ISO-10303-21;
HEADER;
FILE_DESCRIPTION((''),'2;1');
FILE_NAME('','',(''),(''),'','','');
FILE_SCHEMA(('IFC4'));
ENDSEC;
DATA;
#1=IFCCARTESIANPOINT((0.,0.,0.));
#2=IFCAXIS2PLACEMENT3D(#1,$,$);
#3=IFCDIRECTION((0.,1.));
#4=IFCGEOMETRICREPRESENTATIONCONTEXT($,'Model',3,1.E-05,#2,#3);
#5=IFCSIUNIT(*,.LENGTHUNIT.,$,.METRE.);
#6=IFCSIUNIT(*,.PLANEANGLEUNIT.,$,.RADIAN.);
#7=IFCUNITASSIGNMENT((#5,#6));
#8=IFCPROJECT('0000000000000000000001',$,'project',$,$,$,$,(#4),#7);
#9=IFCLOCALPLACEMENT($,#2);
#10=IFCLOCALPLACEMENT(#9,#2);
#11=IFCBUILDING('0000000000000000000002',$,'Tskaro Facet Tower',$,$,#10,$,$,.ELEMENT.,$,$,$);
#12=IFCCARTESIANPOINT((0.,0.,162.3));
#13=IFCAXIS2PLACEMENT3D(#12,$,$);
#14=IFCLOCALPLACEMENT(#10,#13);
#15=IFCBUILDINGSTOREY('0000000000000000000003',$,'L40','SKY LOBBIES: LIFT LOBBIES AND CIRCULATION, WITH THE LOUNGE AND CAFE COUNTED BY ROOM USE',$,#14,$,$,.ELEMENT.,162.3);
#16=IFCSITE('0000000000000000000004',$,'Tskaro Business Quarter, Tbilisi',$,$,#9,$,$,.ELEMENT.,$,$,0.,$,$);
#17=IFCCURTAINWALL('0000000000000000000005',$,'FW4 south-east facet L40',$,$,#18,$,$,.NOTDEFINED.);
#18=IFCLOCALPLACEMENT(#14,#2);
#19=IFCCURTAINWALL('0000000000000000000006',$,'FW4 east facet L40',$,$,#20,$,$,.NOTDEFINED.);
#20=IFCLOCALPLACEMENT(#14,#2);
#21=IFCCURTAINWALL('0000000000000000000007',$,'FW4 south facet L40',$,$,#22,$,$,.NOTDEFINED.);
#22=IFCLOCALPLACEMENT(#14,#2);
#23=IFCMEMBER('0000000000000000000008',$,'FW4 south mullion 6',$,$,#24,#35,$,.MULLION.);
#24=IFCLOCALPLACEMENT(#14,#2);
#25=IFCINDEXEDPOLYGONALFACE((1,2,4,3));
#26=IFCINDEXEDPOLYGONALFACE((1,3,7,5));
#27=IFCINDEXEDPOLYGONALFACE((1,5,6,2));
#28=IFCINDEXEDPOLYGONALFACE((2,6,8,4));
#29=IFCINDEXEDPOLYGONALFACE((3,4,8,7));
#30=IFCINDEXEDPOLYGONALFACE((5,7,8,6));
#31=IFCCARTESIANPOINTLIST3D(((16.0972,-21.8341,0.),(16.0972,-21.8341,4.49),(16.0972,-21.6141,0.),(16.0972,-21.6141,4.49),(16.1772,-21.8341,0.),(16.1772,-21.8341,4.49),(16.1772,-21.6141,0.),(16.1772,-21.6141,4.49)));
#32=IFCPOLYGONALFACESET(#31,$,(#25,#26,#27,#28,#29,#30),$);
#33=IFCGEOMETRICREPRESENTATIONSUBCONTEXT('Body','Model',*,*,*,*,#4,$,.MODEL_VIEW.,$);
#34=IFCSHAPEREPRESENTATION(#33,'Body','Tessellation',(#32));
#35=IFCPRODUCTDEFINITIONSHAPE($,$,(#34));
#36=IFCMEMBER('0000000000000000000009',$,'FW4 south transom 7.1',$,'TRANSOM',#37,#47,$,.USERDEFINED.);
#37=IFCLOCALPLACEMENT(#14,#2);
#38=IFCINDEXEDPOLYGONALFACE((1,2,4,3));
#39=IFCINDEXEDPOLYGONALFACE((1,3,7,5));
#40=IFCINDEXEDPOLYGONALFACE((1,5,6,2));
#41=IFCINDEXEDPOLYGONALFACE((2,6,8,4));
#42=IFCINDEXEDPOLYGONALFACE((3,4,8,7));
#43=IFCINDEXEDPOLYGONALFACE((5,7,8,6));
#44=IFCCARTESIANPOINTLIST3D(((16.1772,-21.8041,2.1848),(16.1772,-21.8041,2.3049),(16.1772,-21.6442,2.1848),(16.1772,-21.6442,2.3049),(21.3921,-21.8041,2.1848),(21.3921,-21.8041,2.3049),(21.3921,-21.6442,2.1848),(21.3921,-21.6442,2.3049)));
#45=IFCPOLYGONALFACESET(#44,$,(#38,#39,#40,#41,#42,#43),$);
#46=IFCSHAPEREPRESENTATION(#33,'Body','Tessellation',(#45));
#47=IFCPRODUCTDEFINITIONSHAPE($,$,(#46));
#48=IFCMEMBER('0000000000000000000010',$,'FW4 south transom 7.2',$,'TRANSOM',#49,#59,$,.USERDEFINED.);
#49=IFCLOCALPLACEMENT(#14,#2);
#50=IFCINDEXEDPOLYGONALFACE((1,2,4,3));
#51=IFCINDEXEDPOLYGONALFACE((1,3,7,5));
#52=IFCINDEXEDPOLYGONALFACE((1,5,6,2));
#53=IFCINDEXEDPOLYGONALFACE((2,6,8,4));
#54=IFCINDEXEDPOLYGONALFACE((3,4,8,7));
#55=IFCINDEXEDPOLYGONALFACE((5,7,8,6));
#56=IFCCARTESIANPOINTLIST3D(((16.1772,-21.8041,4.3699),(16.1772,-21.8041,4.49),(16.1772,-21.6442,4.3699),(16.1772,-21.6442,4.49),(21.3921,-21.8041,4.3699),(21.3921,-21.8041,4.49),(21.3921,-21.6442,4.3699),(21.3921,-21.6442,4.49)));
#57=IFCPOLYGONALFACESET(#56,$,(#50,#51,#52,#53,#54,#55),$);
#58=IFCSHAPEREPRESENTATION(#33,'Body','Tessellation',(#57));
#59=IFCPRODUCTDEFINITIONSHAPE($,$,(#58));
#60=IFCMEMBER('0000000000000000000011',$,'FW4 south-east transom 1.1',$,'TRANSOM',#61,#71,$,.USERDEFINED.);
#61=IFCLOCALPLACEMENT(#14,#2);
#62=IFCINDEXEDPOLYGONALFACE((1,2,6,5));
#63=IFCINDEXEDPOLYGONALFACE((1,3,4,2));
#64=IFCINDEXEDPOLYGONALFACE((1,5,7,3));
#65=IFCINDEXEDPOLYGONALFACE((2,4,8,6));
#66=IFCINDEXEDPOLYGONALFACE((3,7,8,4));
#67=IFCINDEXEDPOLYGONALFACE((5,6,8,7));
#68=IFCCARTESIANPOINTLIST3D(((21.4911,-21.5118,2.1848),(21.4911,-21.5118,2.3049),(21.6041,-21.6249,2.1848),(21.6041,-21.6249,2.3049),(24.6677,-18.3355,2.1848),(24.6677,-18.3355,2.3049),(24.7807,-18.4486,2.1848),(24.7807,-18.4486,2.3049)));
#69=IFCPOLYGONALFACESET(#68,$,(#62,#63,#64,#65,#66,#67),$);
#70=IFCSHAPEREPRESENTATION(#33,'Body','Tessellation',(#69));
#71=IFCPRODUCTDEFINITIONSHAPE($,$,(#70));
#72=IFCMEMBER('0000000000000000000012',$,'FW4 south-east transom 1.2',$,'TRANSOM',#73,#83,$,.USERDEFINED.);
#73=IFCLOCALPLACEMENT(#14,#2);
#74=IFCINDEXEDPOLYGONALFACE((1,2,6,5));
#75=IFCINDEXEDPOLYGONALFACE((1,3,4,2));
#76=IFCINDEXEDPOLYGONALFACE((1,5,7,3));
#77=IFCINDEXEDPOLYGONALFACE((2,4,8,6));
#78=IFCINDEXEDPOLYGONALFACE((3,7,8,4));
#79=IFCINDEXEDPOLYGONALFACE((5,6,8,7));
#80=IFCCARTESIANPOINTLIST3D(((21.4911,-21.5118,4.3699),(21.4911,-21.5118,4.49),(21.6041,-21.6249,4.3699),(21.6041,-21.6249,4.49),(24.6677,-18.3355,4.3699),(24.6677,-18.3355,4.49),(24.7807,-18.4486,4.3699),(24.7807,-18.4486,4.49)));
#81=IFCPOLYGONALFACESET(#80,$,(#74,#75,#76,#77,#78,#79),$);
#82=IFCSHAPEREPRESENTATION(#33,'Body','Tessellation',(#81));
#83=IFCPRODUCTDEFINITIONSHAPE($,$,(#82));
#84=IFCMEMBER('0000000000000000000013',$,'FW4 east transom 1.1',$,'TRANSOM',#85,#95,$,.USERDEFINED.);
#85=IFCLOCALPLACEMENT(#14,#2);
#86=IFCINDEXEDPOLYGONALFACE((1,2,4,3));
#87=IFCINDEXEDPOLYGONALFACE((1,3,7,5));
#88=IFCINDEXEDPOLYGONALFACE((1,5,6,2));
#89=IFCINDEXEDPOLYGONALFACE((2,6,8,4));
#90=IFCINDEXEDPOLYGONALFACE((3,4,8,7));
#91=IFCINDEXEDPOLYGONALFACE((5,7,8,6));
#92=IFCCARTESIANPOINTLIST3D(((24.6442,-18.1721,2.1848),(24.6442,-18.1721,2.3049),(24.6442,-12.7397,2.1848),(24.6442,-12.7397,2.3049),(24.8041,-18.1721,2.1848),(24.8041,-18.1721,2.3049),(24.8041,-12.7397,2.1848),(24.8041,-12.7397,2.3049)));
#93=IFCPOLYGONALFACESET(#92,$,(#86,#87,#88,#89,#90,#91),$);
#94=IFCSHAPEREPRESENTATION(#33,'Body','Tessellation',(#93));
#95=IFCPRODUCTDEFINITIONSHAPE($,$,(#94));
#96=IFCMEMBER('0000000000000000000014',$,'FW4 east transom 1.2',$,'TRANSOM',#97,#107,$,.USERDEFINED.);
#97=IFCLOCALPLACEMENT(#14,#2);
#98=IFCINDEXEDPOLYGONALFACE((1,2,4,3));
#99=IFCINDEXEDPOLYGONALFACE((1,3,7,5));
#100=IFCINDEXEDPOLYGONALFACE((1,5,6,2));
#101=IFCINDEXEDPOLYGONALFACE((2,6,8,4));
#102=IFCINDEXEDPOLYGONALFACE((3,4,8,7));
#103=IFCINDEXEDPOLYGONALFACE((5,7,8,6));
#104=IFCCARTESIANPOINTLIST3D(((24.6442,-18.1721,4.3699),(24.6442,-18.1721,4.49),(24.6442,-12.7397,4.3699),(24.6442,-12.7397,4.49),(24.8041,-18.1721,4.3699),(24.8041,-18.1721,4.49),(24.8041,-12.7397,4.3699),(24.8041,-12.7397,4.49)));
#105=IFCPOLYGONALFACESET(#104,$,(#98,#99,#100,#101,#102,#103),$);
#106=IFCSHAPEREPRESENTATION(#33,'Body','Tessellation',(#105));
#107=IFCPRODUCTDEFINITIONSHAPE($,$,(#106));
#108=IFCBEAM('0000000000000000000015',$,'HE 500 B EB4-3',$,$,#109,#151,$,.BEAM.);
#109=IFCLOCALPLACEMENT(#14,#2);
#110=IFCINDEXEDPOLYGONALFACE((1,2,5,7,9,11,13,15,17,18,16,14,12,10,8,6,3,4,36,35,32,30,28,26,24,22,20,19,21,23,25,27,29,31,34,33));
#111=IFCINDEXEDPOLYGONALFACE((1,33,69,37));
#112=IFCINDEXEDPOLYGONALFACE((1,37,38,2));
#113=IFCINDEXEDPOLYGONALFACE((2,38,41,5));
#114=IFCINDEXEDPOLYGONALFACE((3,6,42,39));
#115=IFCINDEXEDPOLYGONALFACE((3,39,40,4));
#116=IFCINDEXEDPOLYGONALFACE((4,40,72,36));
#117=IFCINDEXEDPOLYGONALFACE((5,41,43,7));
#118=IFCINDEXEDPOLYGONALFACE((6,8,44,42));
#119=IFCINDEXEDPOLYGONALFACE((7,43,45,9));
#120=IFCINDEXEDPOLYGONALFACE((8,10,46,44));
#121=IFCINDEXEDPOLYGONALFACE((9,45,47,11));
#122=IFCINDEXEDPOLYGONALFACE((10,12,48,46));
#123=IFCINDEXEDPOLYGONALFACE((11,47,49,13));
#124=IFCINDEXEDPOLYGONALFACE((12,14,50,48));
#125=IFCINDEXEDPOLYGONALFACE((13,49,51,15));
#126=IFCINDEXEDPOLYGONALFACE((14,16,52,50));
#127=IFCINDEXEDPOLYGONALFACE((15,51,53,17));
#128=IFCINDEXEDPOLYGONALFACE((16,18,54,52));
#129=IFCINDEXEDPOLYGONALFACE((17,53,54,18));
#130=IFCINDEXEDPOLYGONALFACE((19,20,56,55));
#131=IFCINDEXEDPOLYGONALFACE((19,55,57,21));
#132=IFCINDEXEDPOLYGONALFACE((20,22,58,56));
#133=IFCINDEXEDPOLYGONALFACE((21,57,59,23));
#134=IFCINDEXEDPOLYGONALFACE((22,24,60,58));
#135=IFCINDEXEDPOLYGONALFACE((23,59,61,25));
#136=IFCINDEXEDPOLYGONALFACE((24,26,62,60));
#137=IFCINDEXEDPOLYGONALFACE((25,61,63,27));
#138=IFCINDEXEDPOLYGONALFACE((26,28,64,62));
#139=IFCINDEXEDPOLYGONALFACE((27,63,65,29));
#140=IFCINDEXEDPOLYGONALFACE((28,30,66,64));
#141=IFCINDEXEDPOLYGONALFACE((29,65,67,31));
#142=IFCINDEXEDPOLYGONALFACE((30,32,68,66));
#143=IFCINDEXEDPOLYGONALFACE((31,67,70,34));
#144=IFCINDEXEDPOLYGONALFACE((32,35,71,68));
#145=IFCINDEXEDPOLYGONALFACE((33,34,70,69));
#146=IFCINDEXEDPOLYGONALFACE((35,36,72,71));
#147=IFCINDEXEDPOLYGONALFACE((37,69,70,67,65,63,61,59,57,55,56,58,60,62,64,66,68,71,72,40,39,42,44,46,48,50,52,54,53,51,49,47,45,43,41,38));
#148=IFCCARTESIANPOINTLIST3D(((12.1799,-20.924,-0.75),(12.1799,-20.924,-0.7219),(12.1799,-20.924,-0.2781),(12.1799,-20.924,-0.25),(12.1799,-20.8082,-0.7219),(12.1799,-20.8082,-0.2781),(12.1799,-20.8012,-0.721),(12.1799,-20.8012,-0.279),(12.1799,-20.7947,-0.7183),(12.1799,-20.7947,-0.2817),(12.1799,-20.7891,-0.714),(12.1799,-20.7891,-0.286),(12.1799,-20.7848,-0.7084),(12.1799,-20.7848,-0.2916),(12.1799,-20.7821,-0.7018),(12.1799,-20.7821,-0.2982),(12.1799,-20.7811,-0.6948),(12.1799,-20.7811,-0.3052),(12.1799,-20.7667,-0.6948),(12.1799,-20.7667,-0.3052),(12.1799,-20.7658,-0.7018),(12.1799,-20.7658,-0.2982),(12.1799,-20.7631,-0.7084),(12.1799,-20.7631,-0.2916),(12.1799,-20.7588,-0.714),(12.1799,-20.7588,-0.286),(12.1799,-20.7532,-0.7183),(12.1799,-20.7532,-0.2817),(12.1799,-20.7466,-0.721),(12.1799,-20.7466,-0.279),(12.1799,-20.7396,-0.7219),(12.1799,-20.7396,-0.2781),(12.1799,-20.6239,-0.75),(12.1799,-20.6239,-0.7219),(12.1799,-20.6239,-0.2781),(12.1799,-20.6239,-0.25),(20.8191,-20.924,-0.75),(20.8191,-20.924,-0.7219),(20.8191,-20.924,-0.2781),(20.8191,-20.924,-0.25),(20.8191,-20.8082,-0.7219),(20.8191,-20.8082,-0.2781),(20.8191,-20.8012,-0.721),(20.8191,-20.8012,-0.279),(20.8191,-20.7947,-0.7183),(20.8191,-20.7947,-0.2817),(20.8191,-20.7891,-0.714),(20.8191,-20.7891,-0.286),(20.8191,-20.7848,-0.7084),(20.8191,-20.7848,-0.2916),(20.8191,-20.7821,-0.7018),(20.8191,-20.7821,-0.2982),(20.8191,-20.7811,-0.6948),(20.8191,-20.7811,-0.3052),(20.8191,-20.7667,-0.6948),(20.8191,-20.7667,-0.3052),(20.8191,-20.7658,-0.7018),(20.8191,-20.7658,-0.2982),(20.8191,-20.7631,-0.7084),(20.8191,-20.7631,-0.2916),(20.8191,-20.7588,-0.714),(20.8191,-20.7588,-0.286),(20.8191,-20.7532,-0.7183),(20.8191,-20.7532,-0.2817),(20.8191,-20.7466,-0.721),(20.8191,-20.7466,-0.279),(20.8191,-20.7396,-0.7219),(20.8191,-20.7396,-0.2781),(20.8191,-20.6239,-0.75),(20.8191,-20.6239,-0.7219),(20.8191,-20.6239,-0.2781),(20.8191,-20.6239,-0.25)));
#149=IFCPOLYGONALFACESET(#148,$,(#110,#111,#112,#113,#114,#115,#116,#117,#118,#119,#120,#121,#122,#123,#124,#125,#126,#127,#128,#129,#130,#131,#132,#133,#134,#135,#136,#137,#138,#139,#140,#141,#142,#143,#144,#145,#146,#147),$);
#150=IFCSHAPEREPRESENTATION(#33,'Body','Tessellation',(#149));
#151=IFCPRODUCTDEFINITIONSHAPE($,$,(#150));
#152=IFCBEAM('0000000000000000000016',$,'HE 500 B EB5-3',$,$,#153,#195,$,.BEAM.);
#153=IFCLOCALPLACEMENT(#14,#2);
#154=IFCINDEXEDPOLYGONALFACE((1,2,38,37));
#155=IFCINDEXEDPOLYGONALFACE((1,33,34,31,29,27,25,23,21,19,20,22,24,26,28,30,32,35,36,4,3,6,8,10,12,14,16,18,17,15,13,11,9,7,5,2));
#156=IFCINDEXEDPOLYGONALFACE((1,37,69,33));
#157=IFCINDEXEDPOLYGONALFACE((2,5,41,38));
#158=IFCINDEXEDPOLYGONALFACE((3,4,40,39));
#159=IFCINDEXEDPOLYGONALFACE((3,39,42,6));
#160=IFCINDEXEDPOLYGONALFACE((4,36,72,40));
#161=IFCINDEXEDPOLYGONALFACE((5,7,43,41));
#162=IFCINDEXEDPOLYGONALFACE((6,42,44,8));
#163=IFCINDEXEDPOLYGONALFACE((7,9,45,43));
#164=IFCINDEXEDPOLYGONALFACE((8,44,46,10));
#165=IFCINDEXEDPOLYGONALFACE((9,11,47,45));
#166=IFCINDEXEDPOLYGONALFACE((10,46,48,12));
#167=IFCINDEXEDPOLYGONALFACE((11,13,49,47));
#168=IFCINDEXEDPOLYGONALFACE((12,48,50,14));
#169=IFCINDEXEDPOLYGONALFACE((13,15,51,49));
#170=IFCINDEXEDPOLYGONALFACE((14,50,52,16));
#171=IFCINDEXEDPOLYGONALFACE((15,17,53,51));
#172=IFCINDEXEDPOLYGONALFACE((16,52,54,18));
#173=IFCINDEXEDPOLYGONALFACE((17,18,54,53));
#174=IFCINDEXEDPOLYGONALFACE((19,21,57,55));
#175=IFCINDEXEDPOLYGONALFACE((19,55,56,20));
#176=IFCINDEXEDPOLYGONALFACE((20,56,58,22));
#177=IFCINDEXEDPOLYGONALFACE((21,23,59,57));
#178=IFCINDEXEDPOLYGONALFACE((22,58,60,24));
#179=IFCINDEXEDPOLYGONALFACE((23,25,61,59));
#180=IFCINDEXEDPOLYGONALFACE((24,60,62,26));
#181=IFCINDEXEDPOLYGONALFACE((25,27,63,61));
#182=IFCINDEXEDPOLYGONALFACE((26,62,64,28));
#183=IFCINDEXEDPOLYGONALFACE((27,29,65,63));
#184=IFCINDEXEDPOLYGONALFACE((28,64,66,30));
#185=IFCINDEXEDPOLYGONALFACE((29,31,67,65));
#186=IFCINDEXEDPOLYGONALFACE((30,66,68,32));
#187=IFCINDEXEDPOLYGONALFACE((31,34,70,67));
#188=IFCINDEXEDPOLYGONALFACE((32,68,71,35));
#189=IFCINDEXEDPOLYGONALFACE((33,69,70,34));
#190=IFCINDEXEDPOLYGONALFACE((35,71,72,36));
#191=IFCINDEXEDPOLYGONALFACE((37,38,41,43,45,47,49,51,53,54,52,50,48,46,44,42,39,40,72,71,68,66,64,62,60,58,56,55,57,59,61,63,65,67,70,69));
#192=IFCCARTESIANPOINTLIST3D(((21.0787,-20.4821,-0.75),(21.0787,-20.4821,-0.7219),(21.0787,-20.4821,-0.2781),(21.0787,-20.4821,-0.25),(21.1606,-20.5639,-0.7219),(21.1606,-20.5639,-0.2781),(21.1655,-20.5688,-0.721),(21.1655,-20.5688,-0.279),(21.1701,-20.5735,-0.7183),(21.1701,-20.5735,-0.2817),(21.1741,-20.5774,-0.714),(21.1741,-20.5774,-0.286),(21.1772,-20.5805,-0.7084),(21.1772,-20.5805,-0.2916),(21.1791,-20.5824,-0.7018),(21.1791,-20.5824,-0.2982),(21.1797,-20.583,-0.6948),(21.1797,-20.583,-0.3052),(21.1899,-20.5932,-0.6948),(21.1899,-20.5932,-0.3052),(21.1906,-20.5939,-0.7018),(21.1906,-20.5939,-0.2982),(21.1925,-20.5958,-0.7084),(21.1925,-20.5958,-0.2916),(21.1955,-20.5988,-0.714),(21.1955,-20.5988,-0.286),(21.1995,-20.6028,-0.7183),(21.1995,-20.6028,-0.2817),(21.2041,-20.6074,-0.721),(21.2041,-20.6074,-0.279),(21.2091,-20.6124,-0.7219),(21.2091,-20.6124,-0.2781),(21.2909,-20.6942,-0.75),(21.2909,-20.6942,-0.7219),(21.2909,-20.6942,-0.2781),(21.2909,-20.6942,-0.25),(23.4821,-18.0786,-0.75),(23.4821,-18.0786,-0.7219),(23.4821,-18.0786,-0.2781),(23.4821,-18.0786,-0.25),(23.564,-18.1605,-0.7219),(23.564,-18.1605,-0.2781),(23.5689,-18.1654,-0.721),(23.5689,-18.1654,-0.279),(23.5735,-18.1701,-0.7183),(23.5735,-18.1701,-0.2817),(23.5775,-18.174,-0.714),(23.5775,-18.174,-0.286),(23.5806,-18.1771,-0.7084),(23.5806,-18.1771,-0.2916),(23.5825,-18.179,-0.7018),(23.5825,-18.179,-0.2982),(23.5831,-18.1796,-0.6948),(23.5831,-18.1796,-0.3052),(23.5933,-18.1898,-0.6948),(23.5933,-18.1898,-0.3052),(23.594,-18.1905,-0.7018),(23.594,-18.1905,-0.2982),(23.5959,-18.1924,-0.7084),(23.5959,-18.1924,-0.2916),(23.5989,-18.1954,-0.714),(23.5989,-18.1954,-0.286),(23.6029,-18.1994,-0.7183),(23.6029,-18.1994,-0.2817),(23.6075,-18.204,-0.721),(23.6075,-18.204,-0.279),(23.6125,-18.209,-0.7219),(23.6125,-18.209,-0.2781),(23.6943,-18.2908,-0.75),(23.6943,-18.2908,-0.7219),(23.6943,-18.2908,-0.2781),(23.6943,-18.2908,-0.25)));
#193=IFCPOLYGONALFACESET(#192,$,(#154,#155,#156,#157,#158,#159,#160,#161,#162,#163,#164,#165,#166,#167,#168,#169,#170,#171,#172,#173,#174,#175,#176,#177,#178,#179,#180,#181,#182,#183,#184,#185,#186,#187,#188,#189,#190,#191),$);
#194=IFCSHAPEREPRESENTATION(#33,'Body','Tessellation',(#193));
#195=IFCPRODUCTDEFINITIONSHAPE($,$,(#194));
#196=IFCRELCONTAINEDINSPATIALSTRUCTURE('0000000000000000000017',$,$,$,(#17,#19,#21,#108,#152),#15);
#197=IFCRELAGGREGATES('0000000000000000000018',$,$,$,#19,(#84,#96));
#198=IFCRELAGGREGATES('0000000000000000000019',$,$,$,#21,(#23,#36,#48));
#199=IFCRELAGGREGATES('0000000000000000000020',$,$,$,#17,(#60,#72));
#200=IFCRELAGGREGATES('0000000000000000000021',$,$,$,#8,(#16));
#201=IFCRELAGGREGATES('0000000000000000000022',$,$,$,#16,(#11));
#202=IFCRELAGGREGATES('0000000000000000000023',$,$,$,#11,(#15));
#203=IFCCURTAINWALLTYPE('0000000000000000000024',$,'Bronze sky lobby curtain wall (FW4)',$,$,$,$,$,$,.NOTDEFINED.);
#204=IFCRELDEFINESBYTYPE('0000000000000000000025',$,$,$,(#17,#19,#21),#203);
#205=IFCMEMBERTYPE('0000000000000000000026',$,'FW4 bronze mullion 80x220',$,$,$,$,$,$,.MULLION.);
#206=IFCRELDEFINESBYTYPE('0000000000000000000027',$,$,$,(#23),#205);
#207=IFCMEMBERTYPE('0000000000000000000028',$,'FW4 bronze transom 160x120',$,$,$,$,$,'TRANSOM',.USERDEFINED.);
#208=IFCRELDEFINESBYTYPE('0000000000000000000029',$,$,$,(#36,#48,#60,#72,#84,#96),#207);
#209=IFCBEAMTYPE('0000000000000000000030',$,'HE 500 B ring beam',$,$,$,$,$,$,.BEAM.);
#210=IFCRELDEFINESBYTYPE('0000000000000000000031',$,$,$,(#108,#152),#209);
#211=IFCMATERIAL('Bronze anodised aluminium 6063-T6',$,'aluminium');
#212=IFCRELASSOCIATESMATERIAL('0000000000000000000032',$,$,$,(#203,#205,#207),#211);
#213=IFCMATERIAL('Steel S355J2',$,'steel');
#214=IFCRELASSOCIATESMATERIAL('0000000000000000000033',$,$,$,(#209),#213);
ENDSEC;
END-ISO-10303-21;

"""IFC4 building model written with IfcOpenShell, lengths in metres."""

from ifc_helpers import new_model, si_unit, direction, frame, origin, origin_2d, place, context, subcontext, project, spatial, rectangle, i_section, extrude, material, material_profile, profile_set, type_object, element, aggregate, save


model = new_model("IFC4")

# Units and contexts
model_context = context("Model", 3, precision=1e-05, world=origin(), true_north=direction((0.0, 1.0)))
body_context = subcontext(model_context, "Body", "Model", "MODEL_VIEW")
ifc_project = project(units=[si_unit("LENGTHUNIT", "METRE"), si_unit("PLANEANGLEUNIT", "RADIAN")], contexts=[model_context])

# Site, building, storey
site_placement = place(None, origin())
site = spatial("IfcSite", under=ifc_project, at=site_placement, Name="Tskaro Business Quarter, Tbilisi", CompositionType="ELEMENT", RefElevation=0.0)
building_placement = place(site_placement, origin())
building = spatial("IfcBuilding", under=site, at=building_placement, Name="Tskaro Facet Tower", CompositionType="ELEMENT")
storey_placement = place(building_placement, frame((0.0, 0.0, 162.3)))
storey = spatial("IfcBuildingStorey", under=building, at=storey_placement, Name="L40", Description="SKY LOBBIES: LIFT LOBBIES AND CIRCULATION, WITH THE LOUNGE AND CAFE COUNTED BY ROOM USE", CompositionType="ELEMENT", Elevation=162.3)

# Curtain walls
ifc_material_1 = material(Name="Bronze anodised aluminium 6063-T6", Category="aluminium")
curtain_wall_type = type_object("IfcCurtainWallType", Name="Bronze sky lobby curtain wall (FW4)", PredefinedType="NOTDEFINED", material=ifc_material_1)
curtain_wall_1_placement = place(storey_placement, origin())
curtain_wall_1 = element("IfcCurtainWall", 1, at=curtain_wall_1_placement, inside=storey, type_object=curtain_wall_type, Name="FW4 south-east facet L40", PredefinedType="NOTDEFINED")
curtain_wall_2_placement = place(storey_placement, origin())
curtain_wall_2 = element("IfcCurtainWall", 2, at=curtain_wall_2_placement, inside=storey, type_object=curtain_wall_type, Name="FW4 east facet L40", PredefinedType="NOTDEFINED")

# Curtain wall, members
curtain_wall_3_placement = place(storey_placement, origin())
curtain_wall_3 = element("IfcCurtainWall", 3, at=curtain_wall_3_placement, inside=storey, type_object=curtain_wall_type, Name="FW4 south facet L40", PredefinedType="NOTDEFINED")
ifc_material_profile_1 = material_profile(ifc_material_1, rectangle(XDim=0.0801, YDim=0.22, at=origin_2d()), Name="Mullion 80x220")
ifc_profile_set_1 = profile_set([ifc_material_profile_1], Name="Bronze anodised aluminium 6063-T6")
member_type_1 = type_object("IfcMemberType", Name="FW4 bronze mullion 80x220", PredefinedType="MULLION", material=ifc_profile_set_1)
member_1_placement = place(storey_placement, frame((16.1372, -21.7241, 0.0), z_axis=(0.0, 0.0, 1.0), x_axis=(1.0, 0.0, 0.0)))
member_1 = element("IfcMember", 4, at=member_1_placement, type_object=member_type_1, Name="FW4 south mullion 6", PredefinedType="MULLION", context=body_context, shape_type="SweptSolid", body=[
    extrude(rectangle(XDim=0.0801, YDim=0.22, at=origin_2d()), origin(), (0.0, 0.0, 1.0), 4.49),
])
ifc_material_profile_2 = material_profile(ifc_material_1, rectangle(XDim=0.1599, YDim=0.1201, at=origin_2d()), Name="Transom 160x120")
ifc_profile_set_2 = profile_set([ifc_material_profile_2], Name="Bronze anodised aluminium 6063-T6")
member_type_2 = type_object("IfcMemberType", Name="FW4 bronze transom 160x120", ElementType="TRANSOM", PredefinedType="USERDEFINED", material=ifc_profile_set_2)
member_2_placement = place(storey_placement, frame((16.1772, -21.7241, 2.2449), z_axis=(1.0, 0.0, 0.0), x_axis=(0.0, 1.0, 0.0)))
member_2 = element("IfcMember", 5, at=member_2_placement, type_object=member_type_2, Name="FW4 south transom 7.1", ObjectType="TRANSOM", PredefinedType="USERDEFINED", context=body_context, shape_type="SweptSolid", body=[
    extrude(rectangle(XDim=0.1599, YDim=0.1201, at=origin_2d()), origin(), (0.0, 0.0, 1.0), 5.2148),
])
member_3_placement = place(storey_placement, frame((16.1772, -21.7241, 4.4299), z_axis=(1.0, 0.0, 0.0), x_axis=(0.0, 1.0, 0.0)))
member_3 = element("IfcMember", 6, at=member_3_placement, type_object=member_type_2, Name="FW4 south transom 7.2", ObjectType="TRANSOM", PredefinedType="USERDEFINED", context=body_context, shape_type="SweptSolid", body=[
    extrude(rectangle(XDim=0.1599, YDim=0.1201, at=origin_2d()), origin(), (0.0, 0.0, 1.0), 5.2148),
])

# Members
member_4_placement = place(storey_placement, frame((21.5476, -21.5684, 2.2449), z_axis=(0.707134, 0.70708, 0.0), x_axis=(-0.70708, 0.707134, 0.0)))
member_4 = element("IfcMember", 7, at=member_4_placement, type_object=member_type_2, Name="FW4 south-east transom 1.1", ObjectType="TRANSOM", PredefinedType="USERDEFINED", context=body_context, shape_type="SweptSolid", body=[
    extrude(rectangle(XDim=0.1599, YDim=0.1201, at=origin_2d()), origin(), (0.0, 0.0, 1.0), 4.4922),
])
member_5_placement = place(storey_placement, frame((21.5476, -21.5684, 4.4299), z_axis=(0.707134, 0.70708, 0.0), x_axis=(-0.70708, 0.707134, 0.0)))
member_5 = element("IfcMember", 8, at=member_5_placement, type_object=member_type_2, Name="FW4 south-east transom 1.2", ObjectType="TRANSOM", PredefinedType="USERDEFINED", context=body_context, shape_type="SweptSolid", body=[
    extrude(rectangle(XDim=0.1599, YDim=0.1201, at=origin_2d()), origin(), (0.0, 0.0, 1.0), 4.4922),
])
member_6_placement = place(storey_placement, frame((24.7241, -18.1721, 2.2449), z_axis=(0.0, 1.0, 0.0), x_axis=(-1.0, 0.0, 0.0)))
member_6 = element("IfcMember", 9, at=member_6_placement, type_object=member_type_2, Name="FW4 east transom 1.1", ObjectType="TRANSOM", PredefinedType="USERDEFINED", context=body_context, shape_type="SweptSolid", body=[
    extrude(rectangle(XDim=0.1599, YDim=0.1201, at=origin_2d()), origin(), (0.0, 0.0, 1.0), 5.4324),
])
member_7_placement = place(storey_placement, frame((24.7241, -18.1721, 4.4299), z_axis=(0.0, 1.0, 0.0), x_axis=(-1.0, 0.0, 0.0)))
member_7 = element("IfcMember", 10, at=member_7_placement, type_object=member_type_2, Name="FW4 east transom 1.2", ObjectType="TRANSOM", PredefinedType="USERDEFINED", context=body_context, shape_type="SweptSolid", body=[
    extrude(rectangle(XDim=0.1599, YDim=0.1201, at=origin_2d()), origin(), (0.0, 0.0, 1.0), 5.4324),
])
aggregate(curtain_wall_2, [member_6, member_7])

# Beams
ifc_material_2 = material(Name="Steel S355J2", Category="steel")
ifc_material_profile_3 = material_profile(ifc_material_2, i_section(OverallWidth=0.3, OverallDepth=0.5, WebThickness=0.0144, FlangeThickness=0.0281, FilletRadius=0.0271, at=origin_2d()), Name="HE 500 B")
ifc_profile_set_3 = profile_set([ifc_material_profile_3], Name="Steel S355J2")
beam_type_1 = type_object("IfcBeamType", Name="HE 500 B ring beam", PredefinedType="BEAM", material=ifc_profile_set_3)
beam_1_placement = place(storey_placement, frame((12.1799, -20.7739, -0.5), z_axis=(1.0, 0.0, 0.0), x_axis=(0.0, 1.0, 0.0)))
element("IfcBeam", 11, at=beam_1_placement, inside=storey, type_object=beam_type_1, Name="HE 500 B EB4-3", PredefinedType="BEAM", context=body_context, shape_type="SweptSolid", body=[
    extrude(i_section(OverallWidth=0.3, OverallDepth=0.5, WebThickness=0.0144, FlangeThickness=0.0281, FilletRadius=0.0271, at=origin_2d()), origin(), (0.0, 0.0, 1.0), 8.6392),
])
beam_2_placement = place(storey_placement, frame((21.1848, -20.5881, -0.5), z_axis=(0.707107, 0.707107, 0.0), x_axis=(-0.707107, 0.707107, 0.0)))
element("IfcBeam", 12, at=beam_2_placement, inside=storey, type_object=beam_type_1, Name="HE 500 B EB5-3", PredefinedType="BEAM", context=body_context, shape_type="SweptSolid", body=[
    extrude(i_section(OverallWidth=0.3, OverallDepth=0.5, WebThickness=0.0144, FlangeThickness=0.0281, FilletRadius=0.0271, at=origin_2d()), origin(), (0.0, 0.0, 1.0), 3.3989),
])

aggregate(curtain_wall_3, [member_1, member_2, member_3])
aggregate(curtain_wall_1, [member_4, member_5])

save(model, "model.ifc")
